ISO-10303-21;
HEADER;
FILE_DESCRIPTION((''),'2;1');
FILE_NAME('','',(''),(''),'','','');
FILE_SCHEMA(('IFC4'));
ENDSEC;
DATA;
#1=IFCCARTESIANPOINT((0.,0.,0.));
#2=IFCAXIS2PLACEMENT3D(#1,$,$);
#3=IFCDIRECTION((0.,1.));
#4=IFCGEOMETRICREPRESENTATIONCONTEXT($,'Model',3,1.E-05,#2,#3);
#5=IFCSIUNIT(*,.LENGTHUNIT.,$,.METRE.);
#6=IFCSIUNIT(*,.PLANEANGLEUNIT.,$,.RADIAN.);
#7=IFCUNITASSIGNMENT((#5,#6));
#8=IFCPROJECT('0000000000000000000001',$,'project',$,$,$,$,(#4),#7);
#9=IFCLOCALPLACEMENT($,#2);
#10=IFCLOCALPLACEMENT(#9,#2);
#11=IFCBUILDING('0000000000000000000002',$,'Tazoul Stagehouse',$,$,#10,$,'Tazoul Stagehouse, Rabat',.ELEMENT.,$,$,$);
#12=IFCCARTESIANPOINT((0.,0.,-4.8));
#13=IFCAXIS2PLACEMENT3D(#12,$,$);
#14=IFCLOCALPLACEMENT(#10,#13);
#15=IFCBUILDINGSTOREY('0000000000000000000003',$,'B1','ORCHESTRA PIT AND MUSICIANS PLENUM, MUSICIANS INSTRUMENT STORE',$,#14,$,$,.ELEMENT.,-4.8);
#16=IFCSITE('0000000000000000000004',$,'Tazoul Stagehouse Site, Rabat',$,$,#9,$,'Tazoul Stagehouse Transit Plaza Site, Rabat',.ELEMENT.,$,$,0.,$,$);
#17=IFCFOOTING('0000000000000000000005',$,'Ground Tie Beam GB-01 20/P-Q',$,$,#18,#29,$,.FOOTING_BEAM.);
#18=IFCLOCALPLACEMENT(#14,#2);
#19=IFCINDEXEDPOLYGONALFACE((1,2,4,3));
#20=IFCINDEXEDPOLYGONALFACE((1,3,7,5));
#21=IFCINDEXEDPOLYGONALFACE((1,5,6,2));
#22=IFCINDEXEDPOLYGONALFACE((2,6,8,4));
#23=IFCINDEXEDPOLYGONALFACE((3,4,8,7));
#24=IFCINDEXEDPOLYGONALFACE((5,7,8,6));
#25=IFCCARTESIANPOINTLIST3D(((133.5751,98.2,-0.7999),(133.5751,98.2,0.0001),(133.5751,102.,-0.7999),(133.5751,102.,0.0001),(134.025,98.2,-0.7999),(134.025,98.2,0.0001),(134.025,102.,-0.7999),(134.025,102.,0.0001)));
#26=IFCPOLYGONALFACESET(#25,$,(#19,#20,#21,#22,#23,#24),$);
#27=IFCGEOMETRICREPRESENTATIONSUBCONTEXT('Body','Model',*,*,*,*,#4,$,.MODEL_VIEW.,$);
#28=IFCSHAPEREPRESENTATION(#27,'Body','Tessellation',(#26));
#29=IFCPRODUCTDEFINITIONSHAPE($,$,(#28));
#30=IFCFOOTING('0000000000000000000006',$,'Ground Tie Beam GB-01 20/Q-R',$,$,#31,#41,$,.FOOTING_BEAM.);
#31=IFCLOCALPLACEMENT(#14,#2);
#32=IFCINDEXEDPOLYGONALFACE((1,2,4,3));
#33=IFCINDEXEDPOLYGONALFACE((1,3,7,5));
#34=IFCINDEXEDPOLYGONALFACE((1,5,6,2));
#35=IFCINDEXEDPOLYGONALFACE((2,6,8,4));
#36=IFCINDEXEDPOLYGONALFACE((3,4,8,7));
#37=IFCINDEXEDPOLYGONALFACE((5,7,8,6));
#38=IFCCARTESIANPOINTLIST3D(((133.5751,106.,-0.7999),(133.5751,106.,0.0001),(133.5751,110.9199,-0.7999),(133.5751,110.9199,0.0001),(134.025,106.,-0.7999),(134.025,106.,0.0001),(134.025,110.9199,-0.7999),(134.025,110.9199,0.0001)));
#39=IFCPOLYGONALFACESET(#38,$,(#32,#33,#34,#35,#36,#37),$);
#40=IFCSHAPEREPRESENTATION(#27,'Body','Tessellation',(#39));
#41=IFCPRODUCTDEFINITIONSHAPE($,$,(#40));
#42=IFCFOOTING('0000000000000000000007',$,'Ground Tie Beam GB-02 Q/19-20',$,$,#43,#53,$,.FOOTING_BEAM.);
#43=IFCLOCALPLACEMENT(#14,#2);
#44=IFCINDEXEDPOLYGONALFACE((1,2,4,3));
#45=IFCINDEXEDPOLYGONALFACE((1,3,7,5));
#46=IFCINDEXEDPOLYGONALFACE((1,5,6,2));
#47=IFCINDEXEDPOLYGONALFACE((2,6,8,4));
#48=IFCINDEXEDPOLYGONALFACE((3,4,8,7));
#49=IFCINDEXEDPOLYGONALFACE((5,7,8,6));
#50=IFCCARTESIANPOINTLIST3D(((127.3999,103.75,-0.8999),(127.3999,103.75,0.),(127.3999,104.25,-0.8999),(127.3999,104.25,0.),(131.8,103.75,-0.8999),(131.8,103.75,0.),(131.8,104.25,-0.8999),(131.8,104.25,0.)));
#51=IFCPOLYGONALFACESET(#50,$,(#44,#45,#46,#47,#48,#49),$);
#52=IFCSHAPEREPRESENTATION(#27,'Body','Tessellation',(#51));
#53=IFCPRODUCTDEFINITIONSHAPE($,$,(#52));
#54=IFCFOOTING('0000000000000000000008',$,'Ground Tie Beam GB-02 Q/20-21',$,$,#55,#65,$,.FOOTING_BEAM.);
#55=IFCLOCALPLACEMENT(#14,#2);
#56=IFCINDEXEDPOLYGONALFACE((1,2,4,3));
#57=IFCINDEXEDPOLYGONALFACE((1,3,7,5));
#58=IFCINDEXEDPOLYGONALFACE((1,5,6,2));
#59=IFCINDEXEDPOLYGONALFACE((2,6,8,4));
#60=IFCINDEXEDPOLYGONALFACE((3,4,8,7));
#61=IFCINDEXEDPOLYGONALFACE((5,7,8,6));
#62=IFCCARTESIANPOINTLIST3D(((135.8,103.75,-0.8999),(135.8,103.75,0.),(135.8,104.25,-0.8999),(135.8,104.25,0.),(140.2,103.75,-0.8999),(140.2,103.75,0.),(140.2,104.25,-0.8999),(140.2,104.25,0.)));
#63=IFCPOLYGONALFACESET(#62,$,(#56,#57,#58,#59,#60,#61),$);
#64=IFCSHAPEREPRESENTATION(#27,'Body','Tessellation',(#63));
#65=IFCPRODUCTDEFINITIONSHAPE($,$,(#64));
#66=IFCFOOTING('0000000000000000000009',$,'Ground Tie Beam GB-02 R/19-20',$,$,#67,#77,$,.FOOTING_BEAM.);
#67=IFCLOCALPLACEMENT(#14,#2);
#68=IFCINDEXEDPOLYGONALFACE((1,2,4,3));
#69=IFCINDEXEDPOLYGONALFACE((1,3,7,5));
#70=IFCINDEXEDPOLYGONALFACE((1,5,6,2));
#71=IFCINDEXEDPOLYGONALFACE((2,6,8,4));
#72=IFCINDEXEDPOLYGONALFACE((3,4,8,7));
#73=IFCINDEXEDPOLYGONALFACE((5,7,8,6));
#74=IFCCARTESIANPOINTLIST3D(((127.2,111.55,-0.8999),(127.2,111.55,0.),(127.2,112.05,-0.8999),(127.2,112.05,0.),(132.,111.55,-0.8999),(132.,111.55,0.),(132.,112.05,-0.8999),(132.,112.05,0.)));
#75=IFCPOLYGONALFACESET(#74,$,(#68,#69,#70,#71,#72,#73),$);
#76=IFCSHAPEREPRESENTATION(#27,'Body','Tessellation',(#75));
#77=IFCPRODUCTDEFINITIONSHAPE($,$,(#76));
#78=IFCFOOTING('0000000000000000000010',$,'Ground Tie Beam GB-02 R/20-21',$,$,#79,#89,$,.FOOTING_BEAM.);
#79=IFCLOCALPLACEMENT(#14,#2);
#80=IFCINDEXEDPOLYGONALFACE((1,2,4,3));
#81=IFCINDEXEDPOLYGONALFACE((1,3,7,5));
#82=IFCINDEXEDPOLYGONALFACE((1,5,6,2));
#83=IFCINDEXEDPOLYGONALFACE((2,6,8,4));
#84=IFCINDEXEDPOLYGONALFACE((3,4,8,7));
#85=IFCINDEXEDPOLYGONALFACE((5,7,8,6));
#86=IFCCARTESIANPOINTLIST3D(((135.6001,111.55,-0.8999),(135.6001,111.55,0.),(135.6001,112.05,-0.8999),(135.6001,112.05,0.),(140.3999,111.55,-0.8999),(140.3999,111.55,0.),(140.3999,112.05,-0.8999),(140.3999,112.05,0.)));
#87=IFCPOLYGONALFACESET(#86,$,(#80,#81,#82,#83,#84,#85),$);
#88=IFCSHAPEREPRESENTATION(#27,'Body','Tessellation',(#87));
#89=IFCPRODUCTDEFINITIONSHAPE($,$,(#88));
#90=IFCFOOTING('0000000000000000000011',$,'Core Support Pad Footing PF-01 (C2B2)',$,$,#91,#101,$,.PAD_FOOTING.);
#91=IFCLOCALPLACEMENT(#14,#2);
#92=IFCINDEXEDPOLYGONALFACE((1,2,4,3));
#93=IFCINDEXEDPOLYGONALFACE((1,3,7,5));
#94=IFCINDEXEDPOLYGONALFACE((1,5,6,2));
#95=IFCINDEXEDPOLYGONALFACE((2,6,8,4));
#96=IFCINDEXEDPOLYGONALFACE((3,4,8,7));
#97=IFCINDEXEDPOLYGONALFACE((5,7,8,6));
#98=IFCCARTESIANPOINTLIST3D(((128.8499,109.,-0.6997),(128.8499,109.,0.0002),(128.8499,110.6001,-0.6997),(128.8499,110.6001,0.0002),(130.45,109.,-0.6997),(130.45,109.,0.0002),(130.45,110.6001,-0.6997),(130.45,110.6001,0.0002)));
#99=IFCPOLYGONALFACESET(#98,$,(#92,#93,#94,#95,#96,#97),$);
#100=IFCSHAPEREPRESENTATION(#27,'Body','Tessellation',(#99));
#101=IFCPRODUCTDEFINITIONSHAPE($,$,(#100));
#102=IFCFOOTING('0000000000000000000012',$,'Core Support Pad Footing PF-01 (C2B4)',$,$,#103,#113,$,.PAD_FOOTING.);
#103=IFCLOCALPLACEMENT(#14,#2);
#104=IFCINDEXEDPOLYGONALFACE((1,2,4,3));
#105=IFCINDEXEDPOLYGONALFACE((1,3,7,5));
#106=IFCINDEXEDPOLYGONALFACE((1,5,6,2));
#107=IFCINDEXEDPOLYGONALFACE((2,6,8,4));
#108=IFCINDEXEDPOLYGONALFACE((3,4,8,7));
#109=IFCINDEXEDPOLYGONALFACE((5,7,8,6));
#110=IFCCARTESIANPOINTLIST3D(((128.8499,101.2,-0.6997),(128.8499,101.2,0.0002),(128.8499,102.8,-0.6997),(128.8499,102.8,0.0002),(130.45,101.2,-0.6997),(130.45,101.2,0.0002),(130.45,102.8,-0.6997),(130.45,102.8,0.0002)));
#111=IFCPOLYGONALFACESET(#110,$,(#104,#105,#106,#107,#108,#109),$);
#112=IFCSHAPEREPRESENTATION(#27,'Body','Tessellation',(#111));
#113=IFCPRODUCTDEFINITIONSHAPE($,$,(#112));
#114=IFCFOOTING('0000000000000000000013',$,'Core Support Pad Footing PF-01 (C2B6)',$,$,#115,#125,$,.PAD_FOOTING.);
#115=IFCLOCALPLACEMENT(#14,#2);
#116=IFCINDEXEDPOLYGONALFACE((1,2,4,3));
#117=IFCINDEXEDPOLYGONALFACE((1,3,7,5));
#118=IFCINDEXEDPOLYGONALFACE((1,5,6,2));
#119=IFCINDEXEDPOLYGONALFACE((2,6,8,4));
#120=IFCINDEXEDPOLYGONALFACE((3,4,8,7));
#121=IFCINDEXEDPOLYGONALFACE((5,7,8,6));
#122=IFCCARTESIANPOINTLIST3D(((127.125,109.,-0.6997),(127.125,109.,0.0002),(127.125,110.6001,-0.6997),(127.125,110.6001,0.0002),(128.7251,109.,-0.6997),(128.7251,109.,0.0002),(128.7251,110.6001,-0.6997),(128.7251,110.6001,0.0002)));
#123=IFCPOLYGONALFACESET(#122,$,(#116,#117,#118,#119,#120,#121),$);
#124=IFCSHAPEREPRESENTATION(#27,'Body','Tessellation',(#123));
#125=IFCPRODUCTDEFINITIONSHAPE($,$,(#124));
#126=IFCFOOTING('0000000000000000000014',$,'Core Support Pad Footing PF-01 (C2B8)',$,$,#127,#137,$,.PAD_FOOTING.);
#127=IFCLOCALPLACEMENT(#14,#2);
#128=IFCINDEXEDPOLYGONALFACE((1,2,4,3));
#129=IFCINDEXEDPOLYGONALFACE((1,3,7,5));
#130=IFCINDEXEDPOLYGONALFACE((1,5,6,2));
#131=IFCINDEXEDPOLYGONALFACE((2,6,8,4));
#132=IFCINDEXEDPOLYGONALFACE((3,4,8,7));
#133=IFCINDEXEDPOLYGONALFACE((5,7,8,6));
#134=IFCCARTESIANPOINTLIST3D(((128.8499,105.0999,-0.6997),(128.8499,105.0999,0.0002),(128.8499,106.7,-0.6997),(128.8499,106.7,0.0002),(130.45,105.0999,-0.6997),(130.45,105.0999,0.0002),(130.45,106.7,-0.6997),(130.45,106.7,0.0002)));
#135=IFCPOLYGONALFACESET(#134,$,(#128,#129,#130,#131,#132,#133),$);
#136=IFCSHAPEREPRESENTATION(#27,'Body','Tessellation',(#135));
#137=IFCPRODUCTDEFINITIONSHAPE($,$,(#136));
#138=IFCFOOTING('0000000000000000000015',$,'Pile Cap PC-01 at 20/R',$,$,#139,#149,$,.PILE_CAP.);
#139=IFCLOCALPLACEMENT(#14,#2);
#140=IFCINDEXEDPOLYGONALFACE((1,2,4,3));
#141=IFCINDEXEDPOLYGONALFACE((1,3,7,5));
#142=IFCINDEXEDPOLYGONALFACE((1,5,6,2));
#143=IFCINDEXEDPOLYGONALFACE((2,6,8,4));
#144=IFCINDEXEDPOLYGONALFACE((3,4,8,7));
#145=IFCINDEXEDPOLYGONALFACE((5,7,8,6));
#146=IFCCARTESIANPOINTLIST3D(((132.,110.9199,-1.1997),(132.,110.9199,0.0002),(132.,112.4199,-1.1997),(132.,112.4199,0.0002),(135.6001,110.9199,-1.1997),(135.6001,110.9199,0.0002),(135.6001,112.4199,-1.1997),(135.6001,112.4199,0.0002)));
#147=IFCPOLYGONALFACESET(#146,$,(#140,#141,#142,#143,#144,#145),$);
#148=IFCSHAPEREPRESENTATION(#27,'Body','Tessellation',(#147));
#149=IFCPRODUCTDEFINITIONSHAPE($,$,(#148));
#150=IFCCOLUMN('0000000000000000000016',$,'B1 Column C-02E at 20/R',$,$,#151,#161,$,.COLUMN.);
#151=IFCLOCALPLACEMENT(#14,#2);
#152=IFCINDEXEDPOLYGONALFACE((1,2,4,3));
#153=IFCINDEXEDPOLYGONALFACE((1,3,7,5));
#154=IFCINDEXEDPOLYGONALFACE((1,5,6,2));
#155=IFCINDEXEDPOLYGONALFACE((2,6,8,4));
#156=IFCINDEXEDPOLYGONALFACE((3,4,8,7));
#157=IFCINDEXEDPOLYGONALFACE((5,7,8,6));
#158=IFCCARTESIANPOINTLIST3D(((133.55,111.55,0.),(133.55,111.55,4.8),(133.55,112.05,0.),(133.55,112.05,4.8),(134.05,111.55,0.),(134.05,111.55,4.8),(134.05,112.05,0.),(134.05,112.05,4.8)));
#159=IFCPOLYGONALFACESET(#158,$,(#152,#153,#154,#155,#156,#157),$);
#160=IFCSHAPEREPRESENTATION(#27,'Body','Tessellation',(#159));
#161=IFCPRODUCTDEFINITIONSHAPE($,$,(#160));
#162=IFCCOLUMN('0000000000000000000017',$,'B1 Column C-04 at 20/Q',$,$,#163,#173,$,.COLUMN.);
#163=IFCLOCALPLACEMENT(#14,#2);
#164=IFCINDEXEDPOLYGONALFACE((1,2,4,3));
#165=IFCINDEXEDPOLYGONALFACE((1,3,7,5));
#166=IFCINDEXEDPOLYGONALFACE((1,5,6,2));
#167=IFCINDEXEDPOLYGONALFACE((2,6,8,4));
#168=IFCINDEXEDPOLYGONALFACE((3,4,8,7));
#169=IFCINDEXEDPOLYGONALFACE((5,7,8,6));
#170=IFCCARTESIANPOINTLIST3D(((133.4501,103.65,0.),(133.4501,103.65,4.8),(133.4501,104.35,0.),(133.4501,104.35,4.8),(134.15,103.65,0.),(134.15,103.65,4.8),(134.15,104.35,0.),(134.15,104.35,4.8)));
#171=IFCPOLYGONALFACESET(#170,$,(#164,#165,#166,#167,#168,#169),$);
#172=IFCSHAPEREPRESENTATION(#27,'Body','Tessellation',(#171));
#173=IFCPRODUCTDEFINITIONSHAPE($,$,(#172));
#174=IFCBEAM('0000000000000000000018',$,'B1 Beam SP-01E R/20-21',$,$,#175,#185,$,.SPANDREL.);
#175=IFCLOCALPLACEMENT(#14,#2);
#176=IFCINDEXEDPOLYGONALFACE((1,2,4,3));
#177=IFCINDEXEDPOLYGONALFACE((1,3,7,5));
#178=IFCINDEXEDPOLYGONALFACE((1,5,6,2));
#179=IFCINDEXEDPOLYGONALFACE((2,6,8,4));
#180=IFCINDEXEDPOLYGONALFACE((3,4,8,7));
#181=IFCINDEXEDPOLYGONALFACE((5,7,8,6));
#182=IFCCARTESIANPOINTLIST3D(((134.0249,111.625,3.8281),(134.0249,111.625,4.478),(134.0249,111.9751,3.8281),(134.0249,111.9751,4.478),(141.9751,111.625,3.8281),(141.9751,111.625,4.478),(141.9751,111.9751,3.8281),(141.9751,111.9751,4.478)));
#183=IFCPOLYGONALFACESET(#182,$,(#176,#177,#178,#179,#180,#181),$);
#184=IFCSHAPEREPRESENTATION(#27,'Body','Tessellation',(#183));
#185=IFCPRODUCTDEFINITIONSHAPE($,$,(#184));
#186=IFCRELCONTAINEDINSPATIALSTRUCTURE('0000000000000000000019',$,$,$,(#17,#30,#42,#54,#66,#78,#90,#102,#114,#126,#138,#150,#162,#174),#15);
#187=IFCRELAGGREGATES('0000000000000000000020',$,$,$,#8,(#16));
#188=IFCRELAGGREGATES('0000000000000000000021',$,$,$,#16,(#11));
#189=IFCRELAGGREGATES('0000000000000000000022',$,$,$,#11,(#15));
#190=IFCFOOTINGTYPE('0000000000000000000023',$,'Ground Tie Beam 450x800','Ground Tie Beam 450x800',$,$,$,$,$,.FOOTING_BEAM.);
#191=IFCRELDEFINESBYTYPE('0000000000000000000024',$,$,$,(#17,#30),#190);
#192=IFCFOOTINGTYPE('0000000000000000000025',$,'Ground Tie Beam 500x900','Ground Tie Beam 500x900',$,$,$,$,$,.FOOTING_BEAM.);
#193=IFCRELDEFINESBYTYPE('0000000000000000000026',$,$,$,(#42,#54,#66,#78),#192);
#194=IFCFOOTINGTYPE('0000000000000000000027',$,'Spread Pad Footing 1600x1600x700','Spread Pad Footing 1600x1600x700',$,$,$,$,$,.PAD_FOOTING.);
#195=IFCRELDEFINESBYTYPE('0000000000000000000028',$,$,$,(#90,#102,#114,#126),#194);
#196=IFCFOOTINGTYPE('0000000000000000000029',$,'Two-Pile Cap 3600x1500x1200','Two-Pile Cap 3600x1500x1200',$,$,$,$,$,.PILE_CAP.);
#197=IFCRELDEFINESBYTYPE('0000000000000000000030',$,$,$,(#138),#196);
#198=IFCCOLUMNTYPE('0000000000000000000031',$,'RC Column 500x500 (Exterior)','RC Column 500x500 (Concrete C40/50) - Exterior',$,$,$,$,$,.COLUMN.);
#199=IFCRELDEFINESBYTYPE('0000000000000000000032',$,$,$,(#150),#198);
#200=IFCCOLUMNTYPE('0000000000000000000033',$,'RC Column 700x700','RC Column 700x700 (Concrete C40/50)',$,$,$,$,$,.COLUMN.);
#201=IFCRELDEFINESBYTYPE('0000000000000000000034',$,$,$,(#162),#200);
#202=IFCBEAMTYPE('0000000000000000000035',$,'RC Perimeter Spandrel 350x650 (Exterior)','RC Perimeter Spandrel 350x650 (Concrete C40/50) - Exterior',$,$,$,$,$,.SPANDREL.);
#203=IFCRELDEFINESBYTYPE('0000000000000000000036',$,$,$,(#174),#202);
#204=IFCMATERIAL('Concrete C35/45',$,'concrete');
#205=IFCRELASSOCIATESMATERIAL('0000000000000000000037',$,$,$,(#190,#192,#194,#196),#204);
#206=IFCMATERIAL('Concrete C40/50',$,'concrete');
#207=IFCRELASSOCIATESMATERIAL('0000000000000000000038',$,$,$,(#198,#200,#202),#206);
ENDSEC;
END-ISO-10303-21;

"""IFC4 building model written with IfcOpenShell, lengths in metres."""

from ifc_helpers import new_model, si_unit, direction, frame, origin, origin_2d, place, context, subcontext, project, spatial, rectangle, extrude, material, material_profile, profile_set, type_object, element, save


model = new_model("IFC4")

# Units and contexts
model_context = context("Model", 3, precision=1e-05, world=origin(), true_north=direction((0.0, 1.0)))
body_context = subcontext(model_context, "Body", "Model", "MODEL_VIEW")
ifc_project = project(units=[si_unit("LENGTHUNIT", "METRE"), si_unit("PLANEANGLEUNIT", "RADIAN")], contexts=[model_context])

# Site, building, storey
site_placement = place(None, origin())
site = spatial("IfcSite", under=ifc_project, at=site_placement, Name="Tazoul Stagehouse Site, Rabat", LongName="Tazoul Stagehouse Transit Plaza Site, Rabat", CompositionType="ELEMENT", RefElevation=0.0)
building_placement = place(site_placement, origin())
building = spatial("IfcBuilding", under=site, at=building_placement, Name="Tazoul Stagehouse", LongName="Tazoul Stagehouse, Rabat", CompositionType="ELEMENT")
storey_placement = place(building_placement, frame((0.0, 0.0, -4.8)))
storey = spatial("IfcBuildingStorey", under=building, at=storey_placement, Name="B1", Description="ORCHESTRA PIT AND MUSICIANS PLENUM, MUSICIANS INSTRUMENT STORE", CompositionType="ELEMENT", Elevation=-4.8)

# Shared definitions
ifc_material_1 = material(Name="Concrete C35/45", Category="concrete")

# Footings
ifc_material_profile_1 = material_profile(ifc_material_1, rectangle(XDim=0.45, YDim=0.8, at=origin_2d()), Name="RC 450x800")
ifc_profile_set_1 = profile_set([ifc_material_profile_1], Name="Concrete C35/45")
footing_type_1 = type_object("IfcFootingType", Name="Ground Tie Beam 450x800", Description="Ground Tie Beam 450x800", PredefinedType="FOOTING_BEAM", material=ifc_profile_set_1)
footing_1_placement = place(storey_placement, frame((133.8, 98.2, -0.3999), z_axis=(0.0, 1.0, 0.0), x_axis=(-1.0, 0.0, 0.0)))
element("IfcFooting", 1, at=footing_1_placement, inside=storey, type_object=footing_type_1, Name="Ground Tie Beam GB-01 20/P-Q", PredefinedType="FOOTING_BEAM", context=body_context, shape_type="SweptSolid", body=[
    extrude(rectangle(XDim=0.45, YDim=0.8, at=origin_2d()), origin(), (0.0, 0.0, 1.0), 3.8),
])
footing_2_placement = place(storey_placement, frame((133.8, 106.0, -0.3999), z_axis=(0.0, 1.0, 0.0), x_axis=(-1.0, 0.0, 0.0)))
element("IfcFooting", 2, at=footing_2_placement, inside=storey, type_object=footing_type_1, Name="Ground Tie Beam GB-01 20/Q-R", PredefinedType="FOOTING_BEAM", context=body_context, shape_type="SweptSolid", body=[
    extrude(rectangle(XDim=0.45, YDim=0.8, at=origin_2d()), origin(), (0.0, 0.0, 1.0), 4.9199),
])
ifc_material_profile_2 = material_profile(ifc_material_1, rectangle(XDim=0.5, YDim=0.8999, at=origin_2d()), Name="RC 500x900")
ifc_profile_set_2 = profile_set([ifc_material_profile_2], Name="Concrete C35/45")
footing_type_2 = type_object("IfcFootingType", Name="Ground Tie Beam 500x900", Description="Ground Tie Beam 500x900", PredefinedType="FOOTING_BEAM", material=ifc_profile_set_2)
footing_3_placement = place(storey_placement, frame((127.3999, 104.0, -0.45), z_axis=(1.0, 0.0, 0.0), x_axis=(0.0, 1.0, 0.0)))
element("IfcFooting", 3, at=footing_3_placement, inside=storey, type_object=footing_type_2, Name="Ground Tie Beam GB-02 Q/19-20", PredefinedType="FOOTING_BEAM", context=body_context, shape_type="SweptSolid", body=[
    extrude(rectangle(XDim=0.5, YDim=0.8999, at=origin_2d()), origin(), (0.0, 0.0, 1.0), 4.4001),
])
footing_4_placement = place(storey_placement, frame((135.8, 104.0, -0.45), z_axis=(1.0, 0.0, 0.0), x_axis=(0.0, 1.0, 0.0)))
element("IfcFooting", 4, at=footing_4_placement, inside=storey, type_object=footing_type_2, Name="Ground Tie Beam GB-02 Q/20-21", PredefinedType="FOOTING_BEAM", context=body_context, shape_type="SweptSolid", body=[
    extrude(rectangle(XDim=0.5, YDim=0.8999, at=origin_2d()), origin(), (0.0, 0.0, 1.0), 4.3999),
])
footing_5_placement = place(storey_placement, frame((127.2, 111.8, -0.45), z_axis=(1.0, 0.0, 0.0), x_axis=(0.0, 1.0, 0.0)))
element("IfcFooting", 5, at=footing_5_placement, inside=storey, type_object=footing_type_2, Name="Ground Tie Beam GB-02 R/19-20", PredefinedType="FOOTING_BEAM", context=body_context, shape_type="SweptSolid", body=[
    extrude(rectangle(XDim=0.5, YDim=0.8999, at=origin_2d()), origin(), (0.0, 0.0, 1.0), 4.8),
])
footing_6_placement = place(storey_placement, frame((135.6001, 111.8, -0.45), z_axis=(1.0, 0.0, 0.0), x_axis=(0.0, 1.0, 0.0)))
element("IfcFooting", 6, at=footing_6_placement, inside=storey, type_object=footing_type_2, Name="Ground Tie Beam GB-02 R/20-21", PredefinedType="FOOTING_BEAM", context=body_context, shape_type="SweptSolid", body=[
    extrude(rectangle(XDim=0.5, YDim=0.8999, at=origin_2d()), origin(), (0.0, 0.0, 1.0), 4.7998),
])
footing_type_3 = type_object("IfcFootingType", Name="Spread Pad Footing 1600x1600x700", Description="Spread Pad Footing 1600x1600x700", PredefinedType="PAD_FOOTING", material=ifc_material_1)
for number, where, z_axis, x_axis, name in (
    (7, (129.6499, 109.8, -0.6997), (0.0, 0.0, 1.0), (1.0, 0.0, 0.0), "Core Support Pad Footing PF-01 (C2B2)"),
    (8, (129.6499, 102.0, -0.6997), (0.0, 0.0, 1.0), (1.0, 0.0, 0.0), "Core Support Pad Footing PF-01 (C2B4)"),
    (9, (127.925, 109.8, -0.6997), (0.0, 0.0, 1.0), (1.0, 0.0, 0.0), "Core Support Pad Footing PF-01 (C2B6)"),
    (10, (129.6499, 105.8999, -0.6997), (0.0, 0.0, 1.0), (1.0, 0.0, 0.0), "Core Support Pad Footing PF-01 (C2B8)"),
):
    element("IfcFooting", number, at=place(storey_placement, frame(where, z_axis=z_axis, x_axis=x_axis)), inside=storey, type_object=footing_type_3, Name=name, PredefinedType="PAD_FOOTING", context=body_context, shape_type="SweptSolid", body=[
        extrude(rectangle(XDim=1.6001, YDim=1.6001, at=origin_2d()), origin(), (0.0, 0.0, 1.0), 0.7),
    ])
footing_type_4 = type_object("IfcFootingType", Name="Two-Pile Cap 3600x1500x1200", Description="Two-Pile Cap 3600x1500x1200", PredefinedType="PILE_CAP", material=ifc_material_1)
footing_7_placement = place(storey_placement, frame((133.8, 111.6699, -1.1997), z_axis=(0.0, 0.0, 1.0), x_axis=(1.0, 0.0, 0.0)))
element("IfcFooting", 11, at=footing_7_placement, inside=storey, type_object=footing_type_4, Name="Pile Cap PC-01 at 20/R", PredefinedType="PILE_CAP", context=body_context, shape_type="SweptSolid", body=[
    extrude(rectangle(XDim=3.6001, YDim=1.5, at=origin_2d()), origin(), (0.0, 0.0, 1.0), 1.2),
])

# Columns
ifc_material_2 = material(Name="Concrete C40/50", Category="concrete")
ifc_material_profile_3 = material_profile(ifc_material_2, rectangle(XDim=0.5, YDim=0.5, at=origin_2d()), Name="RC 500x500")
ifc_profile_set_3 = profile_set([ifc_material_profile_3], Name="Concrete C40/50")
column_type_1 = type_object("IfcColumnType", Name="RC Column 500x500 (Exterior)", Description="RC Column 500x500 (Concrete C40/50) - Exterior", PredefinedType="COLUMN", material=ifc_profile_set_3)
column_1_placement = place(storey_placement, frame((133.8, 111.8, 0.0), z_axis=(0.0, 0.0, 1.0), x_axis=(1.0, 0.0, 0.0)))
element("IfcColumn", 12, at=column_1_placement, inside=storey, type_object=column_type_1, Name="B1 Column C-02E at 20/R", PredefinedType="COLUMN", context=body_context, shape_type="SweptSolid", body=[
    extrude(rectangle(XDim=0.5, YDim=0.5, at=origin_2d()), origin(), (0.0, 0.0, 1.0), 4.8),
])
ifc_material_profile_4 = material_profile(ifc_material_2, rectangle(XDim=0.7, YDim=0.7, at=origin_2d()), Name="RC 700x700")
ifc_profile_set_4 = profile_set([ifc_material_profile_4], Name="Concrete C40/50")
column_type_2 = type_object("IfcColumnType", Name="RC Column 700x700", Description="RC Column 700x700 (Concrete C40/50)", PredefinedType="COLUMN", material=ifc_profile_set_4)
column_2_placement = place(storey_placement, frame((133.8, 104.0, 0.0), z_axis=(0.0, 0.0, 1.0), x_axis=(1.0, 0.0, 0.0)))
element("IfcColumn", 13, at=column_2_placement, inside=storey, type_object=column_type_2, Name="B1 Column C-04 at 20/Q", PredefinedType="COLUMN", context=body_context, shape_type="SweptSolid", body=[
    extrude(rectangle(XDim=0.7, YDim=0.7, at=origin_2d()), origin(), (0.0, 0.0, 1.0), 4.8),
])

# Beam
ifc_material_profile_5 = material_profile(ifc_material_2, rectangle(XDim=0.3501, YDim=0.6499, at=origin_2d()), Name="RC 350x650")
ifc_profile_set_5 = profile_set([ifc_material_profile_5], Name="Concrete C40/50")
beam_type_1 = type_object("IfcBeamType", Name="RC Perimeter Spandrel 350x650 (Exterior)", Description="RC Perimeter Spandrel 350x650 (Concrete C40/50) - Exterior", PredefinedType="SPANDREL", material=ifc_profile_set_5)
beam_1_placement = place(storey_placement, frame((134.0249, 111.8, 4.1531), z_axis=(1.0, 0.0, 0.0), x_axis=(0.0, 1.0, 0.0)))
element("IfcBeam", 14, at=beam_1_placement, inside=storey, type_object=beam_type_1, Name="B1 Beam SP-01E R/20-21", PredefinedType="SPANDREL", context=body_context, shape_type="SweptSolid", body=[
    extrude(rectangle(XDim=0.3501, YDim=0.6499, at=origin_2d()), origin(), (0.0, 0.0, 1.0), 7.9502),
])

save(model, "model.ifc")
